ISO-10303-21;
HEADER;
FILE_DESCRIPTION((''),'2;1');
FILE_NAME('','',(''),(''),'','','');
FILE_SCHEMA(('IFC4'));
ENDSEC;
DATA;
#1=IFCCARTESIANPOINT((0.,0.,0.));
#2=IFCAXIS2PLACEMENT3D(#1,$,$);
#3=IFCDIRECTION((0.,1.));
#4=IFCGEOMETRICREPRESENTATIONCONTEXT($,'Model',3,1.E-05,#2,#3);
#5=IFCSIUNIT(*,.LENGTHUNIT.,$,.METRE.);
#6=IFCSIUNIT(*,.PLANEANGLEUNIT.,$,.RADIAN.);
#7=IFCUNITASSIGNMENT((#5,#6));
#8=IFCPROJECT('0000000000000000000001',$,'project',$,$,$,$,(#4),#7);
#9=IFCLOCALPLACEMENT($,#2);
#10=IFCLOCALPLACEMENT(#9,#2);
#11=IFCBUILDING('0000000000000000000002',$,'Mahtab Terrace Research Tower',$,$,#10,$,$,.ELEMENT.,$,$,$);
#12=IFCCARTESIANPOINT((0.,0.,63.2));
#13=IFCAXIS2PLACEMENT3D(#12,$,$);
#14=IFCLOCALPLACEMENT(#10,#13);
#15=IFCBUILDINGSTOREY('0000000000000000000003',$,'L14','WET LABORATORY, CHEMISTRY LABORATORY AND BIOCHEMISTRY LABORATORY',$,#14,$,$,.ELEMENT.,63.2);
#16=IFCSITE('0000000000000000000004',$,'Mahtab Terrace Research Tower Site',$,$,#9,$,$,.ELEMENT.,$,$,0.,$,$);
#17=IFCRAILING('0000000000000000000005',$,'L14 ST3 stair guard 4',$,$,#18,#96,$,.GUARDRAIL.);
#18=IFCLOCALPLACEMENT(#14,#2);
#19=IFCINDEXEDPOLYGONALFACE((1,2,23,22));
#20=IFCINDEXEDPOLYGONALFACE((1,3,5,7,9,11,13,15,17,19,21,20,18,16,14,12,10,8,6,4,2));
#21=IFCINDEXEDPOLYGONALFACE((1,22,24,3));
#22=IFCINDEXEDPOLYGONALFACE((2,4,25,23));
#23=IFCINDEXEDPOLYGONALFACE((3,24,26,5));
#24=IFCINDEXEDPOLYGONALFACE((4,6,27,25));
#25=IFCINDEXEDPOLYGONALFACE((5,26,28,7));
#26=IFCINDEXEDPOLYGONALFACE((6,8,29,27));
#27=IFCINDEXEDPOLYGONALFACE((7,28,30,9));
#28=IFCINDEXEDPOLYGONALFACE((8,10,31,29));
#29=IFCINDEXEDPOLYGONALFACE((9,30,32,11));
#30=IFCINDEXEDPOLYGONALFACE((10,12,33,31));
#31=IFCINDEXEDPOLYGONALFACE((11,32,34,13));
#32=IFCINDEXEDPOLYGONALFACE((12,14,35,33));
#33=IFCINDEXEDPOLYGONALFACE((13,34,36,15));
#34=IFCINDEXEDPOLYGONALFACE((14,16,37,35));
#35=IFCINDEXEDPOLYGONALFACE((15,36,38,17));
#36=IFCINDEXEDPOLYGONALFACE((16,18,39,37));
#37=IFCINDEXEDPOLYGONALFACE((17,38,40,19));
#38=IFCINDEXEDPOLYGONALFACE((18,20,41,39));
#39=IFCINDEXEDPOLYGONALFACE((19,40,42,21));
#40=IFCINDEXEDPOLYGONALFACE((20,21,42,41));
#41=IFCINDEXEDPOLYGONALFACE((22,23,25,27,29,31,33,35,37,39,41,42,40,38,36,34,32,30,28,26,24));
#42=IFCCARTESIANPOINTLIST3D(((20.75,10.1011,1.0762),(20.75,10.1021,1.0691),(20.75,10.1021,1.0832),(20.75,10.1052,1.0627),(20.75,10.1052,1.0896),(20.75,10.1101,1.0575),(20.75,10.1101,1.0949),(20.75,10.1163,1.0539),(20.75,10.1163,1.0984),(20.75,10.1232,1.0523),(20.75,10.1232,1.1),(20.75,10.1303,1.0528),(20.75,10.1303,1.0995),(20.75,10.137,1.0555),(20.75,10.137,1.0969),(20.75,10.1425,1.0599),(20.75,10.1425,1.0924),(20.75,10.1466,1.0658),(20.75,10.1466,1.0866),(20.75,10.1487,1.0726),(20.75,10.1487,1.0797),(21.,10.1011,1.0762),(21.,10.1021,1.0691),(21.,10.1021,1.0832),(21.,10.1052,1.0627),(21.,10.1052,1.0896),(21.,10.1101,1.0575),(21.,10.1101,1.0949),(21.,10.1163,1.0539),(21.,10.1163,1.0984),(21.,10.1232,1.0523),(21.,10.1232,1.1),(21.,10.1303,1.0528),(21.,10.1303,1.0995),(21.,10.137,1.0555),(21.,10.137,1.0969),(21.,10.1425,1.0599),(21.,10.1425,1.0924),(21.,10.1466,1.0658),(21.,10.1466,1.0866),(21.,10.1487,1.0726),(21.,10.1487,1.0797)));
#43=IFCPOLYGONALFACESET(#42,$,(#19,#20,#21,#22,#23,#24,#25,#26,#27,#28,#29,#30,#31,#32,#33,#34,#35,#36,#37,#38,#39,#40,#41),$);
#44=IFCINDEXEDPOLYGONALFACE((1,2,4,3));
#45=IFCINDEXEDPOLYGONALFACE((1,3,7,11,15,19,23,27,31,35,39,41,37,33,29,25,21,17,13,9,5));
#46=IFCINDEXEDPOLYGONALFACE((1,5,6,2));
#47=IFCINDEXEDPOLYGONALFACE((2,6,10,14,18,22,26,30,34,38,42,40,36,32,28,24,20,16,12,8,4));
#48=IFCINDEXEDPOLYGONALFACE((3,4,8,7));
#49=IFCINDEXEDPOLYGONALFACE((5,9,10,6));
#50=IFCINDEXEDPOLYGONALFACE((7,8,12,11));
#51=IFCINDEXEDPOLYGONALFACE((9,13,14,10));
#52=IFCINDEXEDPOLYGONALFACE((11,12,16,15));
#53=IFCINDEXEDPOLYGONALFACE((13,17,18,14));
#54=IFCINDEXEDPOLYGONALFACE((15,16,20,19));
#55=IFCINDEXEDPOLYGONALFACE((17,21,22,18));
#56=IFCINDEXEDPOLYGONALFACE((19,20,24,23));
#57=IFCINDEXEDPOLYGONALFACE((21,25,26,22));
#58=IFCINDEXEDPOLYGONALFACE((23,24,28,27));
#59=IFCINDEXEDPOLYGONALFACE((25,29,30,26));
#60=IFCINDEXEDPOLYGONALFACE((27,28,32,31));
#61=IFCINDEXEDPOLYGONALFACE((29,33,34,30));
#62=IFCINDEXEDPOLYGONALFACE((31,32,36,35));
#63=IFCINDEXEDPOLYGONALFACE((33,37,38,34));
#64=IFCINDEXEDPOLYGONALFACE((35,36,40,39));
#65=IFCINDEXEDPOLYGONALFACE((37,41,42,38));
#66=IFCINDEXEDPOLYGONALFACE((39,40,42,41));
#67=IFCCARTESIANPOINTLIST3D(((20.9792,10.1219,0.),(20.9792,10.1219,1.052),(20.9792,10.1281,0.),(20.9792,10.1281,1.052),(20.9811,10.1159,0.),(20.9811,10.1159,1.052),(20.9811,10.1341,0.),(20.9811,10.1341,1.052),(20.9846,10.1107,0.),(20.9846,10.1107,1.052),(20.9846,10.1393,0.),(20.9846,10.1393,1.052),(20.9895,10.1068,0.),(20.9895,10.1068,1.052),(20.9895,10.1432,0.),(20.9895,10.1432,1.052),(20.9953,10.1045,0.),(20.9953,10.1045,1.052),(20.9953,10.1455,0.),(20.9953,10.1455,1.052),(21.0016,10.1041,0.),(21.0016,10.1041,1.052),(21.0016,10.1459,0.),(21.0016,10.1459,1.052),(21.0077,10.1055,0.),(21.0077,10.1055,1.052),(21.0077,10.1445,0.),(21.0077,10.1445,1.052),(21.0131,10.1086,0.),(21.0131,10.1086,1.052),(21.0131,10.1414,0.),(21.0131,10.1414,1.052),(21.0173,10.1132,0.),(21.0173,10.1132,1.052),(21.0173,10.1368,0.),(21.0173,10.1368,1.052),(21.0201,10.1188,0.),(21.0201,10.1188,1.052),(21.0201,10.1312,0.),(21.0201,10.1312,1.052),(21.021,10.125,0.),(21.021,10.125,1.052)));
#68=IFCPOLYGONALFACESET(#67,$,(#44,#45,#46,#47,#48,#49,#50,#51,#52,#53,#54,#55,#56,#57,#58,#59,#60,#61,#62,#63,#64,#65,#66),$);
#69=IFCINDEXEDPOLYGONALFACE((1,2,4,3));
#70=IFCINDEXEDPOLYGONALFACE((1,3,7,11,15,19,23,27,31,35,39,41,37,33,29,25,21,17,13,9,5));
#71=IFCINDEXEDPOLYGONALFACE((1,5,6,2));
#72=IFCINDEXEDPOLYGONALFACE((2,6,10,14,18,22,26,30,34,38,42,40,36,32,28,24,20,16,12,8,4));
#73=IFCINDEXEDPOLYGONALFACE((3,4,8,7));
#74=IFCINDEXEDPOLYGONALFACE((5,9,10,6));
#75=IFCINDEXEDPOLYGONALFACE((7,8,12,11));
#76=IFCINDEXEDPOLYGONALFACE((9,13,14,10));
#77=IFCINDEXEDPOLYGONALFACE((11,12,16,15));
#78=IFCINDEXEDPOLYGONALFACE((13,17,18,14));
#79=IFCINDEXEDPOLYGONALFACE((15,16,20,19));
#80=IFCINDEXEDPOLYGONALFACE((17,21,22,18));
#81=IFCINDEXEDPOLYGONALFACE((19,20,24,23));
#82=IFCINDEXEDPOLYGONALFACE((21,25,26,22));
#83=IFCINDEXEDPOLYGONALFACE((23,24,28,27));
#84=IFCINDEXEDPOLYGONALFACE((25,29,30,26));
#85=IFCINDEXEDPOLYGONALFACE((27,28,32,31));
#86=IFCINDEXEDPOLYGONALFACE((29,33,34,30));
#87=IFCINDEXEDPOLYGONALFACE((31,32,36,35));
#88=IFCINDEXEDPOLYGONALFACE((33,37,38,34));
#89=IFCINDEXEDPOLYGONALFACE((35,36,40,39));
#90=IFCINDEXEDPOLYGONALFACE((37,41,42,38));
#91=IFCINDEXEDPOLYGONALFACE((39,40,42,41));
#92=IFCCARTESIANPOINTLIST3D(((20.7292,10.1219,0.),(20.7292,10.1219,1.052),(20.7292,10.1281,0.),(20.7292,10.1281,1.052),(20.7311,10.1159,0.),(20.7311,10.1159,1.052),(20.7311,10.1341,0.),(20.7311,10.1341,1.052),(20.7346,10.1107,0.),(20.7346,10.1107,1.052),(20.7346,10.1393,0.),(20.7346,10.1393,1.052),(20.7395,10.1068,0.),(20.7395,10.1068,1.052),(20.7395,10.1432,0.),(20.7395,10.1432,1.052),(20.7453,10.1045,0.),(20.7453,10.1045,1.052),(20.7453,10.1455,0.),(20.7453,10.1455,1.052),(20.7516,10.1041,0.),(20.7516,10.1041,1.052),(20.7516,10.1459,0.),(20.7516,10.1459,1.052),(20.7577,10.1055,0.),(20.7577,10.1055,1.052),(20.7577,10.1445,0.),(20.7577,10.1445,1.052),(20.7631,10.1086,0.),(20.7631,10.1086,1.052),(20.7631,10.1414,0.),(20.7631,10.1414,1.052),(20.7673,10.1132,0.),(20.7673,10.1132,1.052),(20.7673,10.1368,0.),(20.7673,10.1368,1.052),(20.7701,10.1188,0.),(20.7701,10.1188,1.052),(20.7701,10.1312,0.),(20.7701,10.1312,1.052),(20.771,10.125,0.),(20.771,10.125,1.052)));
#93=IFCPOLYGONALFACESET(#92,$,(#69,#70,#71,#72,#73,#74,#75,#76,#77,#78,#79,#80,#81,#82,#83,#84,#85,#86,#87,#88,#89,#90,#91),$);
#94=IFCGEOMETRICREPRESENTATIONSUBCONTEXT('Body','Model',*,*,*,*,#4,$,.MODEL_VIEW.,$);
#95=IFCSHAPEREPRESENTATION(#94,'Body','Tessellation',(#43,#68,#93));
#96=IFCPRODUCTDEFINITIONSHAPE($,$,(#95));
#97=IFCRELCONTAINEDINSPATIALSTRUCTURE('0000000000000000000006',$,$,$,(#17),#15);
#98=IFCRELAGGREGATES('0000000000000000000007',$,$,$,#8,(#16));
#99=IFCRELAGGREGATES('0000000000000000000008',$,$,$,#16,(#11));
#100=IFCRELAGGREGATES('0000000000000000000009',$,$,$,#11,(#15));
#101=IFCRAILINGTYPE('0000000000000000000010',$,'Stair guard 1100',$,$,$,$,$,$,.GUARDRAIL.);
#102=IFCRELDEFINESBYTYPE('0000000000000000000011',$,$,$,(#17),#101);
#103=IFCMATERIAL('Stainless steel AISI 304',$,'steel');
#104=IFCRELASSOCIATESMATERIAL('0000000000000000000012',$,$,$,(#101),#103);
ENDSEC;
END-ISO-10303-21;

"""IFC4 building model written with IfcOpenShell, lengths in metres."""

from ifc_helpers import new_model, si_unit, direction, frame, origin, origin_2d, place, context, subcontext, project, spatial, circle, extrude, material, type_object, element, save


model = new_model("IFC4")

# Units and contexts
model_context = context("Model", 3, precision=1e-05, world=origin(), true_north=direction((0.0, 1.0)))
body_context = subcontext(model_context, "Body", "Model", "MODEL_VIEW")
ifc_project = project(units=[si_unit("LENGTHUNIT", "METRE"), si_unit("PLANEANGLEUNIT", "RADIAN")], contexts=[model_context])

# Site, building, storey
site_placement = place(None, origin())
site = spatial("IfcSite", under=ifc_project, at=site_placement, Name="Mahtab Terrace Research Tower Site", CompositionType="ELEMENT", RefElevation=0.0)
building_placement = place(site_placement, origin())
building = spatial("IfcBuilding", under=site, at=building_placement, Name="Mahtab Terrace Research Tower", CompositionType="ELEMENT")
storey_placement = place(building_placement, frame((0.0, 0.0, 63.2)))
storey = spatial("IfcBuildingStorey", under=building, at=storey_placement, Name="L14", Description="WET LABORATORY, CHEMISTRY LABORATORY AND BIOCHEMISTRY LABORATORY", CompositionType="ELEMENT", Elevation=63.2)

# Shared definitions
ifc_material_1 = material(Name="Stainless steel AISI 304", Category="steel")

# Railing
railing_type_1 = type_object("IfcRailingType", Name="Stair guard 1100", PredefinedType="GUARDRAIL", material=ifc_material_1)
railing_1_placement = place(storey_placement, frame((21.0, 10.125, 0.0)))
element("IfcRailing", 1, at=railing_1_placement, inside=storey, type_object=railing_type_1, Name="L14 ST3 stair guard 4", PredefinedType="GUARDRAIL", context=body_context, shape_type="SweptSolid", body=[
    extrude(circle(Radius=0.0239, at=origin_2d()), frame((0.0, 0.0, 1.0762), z_axis=(-1.0, 0.0, 0.0), x_axis=(0.0, -1.0, 0.0)), (0.0, 0.0, 1.0), 0.25),
    extrude(circle(Radius=0.021, at=origin_2d()), origin(), (0.0, 0.0, 1.0), 1.052),
    extrude(circle(Radius=0.021, at=origin_2d()), frame((-0.25, 0.0, 0.0)), (0.0, 0.0, 1.0), 1.052),
])

save(model, "model.ifc")
